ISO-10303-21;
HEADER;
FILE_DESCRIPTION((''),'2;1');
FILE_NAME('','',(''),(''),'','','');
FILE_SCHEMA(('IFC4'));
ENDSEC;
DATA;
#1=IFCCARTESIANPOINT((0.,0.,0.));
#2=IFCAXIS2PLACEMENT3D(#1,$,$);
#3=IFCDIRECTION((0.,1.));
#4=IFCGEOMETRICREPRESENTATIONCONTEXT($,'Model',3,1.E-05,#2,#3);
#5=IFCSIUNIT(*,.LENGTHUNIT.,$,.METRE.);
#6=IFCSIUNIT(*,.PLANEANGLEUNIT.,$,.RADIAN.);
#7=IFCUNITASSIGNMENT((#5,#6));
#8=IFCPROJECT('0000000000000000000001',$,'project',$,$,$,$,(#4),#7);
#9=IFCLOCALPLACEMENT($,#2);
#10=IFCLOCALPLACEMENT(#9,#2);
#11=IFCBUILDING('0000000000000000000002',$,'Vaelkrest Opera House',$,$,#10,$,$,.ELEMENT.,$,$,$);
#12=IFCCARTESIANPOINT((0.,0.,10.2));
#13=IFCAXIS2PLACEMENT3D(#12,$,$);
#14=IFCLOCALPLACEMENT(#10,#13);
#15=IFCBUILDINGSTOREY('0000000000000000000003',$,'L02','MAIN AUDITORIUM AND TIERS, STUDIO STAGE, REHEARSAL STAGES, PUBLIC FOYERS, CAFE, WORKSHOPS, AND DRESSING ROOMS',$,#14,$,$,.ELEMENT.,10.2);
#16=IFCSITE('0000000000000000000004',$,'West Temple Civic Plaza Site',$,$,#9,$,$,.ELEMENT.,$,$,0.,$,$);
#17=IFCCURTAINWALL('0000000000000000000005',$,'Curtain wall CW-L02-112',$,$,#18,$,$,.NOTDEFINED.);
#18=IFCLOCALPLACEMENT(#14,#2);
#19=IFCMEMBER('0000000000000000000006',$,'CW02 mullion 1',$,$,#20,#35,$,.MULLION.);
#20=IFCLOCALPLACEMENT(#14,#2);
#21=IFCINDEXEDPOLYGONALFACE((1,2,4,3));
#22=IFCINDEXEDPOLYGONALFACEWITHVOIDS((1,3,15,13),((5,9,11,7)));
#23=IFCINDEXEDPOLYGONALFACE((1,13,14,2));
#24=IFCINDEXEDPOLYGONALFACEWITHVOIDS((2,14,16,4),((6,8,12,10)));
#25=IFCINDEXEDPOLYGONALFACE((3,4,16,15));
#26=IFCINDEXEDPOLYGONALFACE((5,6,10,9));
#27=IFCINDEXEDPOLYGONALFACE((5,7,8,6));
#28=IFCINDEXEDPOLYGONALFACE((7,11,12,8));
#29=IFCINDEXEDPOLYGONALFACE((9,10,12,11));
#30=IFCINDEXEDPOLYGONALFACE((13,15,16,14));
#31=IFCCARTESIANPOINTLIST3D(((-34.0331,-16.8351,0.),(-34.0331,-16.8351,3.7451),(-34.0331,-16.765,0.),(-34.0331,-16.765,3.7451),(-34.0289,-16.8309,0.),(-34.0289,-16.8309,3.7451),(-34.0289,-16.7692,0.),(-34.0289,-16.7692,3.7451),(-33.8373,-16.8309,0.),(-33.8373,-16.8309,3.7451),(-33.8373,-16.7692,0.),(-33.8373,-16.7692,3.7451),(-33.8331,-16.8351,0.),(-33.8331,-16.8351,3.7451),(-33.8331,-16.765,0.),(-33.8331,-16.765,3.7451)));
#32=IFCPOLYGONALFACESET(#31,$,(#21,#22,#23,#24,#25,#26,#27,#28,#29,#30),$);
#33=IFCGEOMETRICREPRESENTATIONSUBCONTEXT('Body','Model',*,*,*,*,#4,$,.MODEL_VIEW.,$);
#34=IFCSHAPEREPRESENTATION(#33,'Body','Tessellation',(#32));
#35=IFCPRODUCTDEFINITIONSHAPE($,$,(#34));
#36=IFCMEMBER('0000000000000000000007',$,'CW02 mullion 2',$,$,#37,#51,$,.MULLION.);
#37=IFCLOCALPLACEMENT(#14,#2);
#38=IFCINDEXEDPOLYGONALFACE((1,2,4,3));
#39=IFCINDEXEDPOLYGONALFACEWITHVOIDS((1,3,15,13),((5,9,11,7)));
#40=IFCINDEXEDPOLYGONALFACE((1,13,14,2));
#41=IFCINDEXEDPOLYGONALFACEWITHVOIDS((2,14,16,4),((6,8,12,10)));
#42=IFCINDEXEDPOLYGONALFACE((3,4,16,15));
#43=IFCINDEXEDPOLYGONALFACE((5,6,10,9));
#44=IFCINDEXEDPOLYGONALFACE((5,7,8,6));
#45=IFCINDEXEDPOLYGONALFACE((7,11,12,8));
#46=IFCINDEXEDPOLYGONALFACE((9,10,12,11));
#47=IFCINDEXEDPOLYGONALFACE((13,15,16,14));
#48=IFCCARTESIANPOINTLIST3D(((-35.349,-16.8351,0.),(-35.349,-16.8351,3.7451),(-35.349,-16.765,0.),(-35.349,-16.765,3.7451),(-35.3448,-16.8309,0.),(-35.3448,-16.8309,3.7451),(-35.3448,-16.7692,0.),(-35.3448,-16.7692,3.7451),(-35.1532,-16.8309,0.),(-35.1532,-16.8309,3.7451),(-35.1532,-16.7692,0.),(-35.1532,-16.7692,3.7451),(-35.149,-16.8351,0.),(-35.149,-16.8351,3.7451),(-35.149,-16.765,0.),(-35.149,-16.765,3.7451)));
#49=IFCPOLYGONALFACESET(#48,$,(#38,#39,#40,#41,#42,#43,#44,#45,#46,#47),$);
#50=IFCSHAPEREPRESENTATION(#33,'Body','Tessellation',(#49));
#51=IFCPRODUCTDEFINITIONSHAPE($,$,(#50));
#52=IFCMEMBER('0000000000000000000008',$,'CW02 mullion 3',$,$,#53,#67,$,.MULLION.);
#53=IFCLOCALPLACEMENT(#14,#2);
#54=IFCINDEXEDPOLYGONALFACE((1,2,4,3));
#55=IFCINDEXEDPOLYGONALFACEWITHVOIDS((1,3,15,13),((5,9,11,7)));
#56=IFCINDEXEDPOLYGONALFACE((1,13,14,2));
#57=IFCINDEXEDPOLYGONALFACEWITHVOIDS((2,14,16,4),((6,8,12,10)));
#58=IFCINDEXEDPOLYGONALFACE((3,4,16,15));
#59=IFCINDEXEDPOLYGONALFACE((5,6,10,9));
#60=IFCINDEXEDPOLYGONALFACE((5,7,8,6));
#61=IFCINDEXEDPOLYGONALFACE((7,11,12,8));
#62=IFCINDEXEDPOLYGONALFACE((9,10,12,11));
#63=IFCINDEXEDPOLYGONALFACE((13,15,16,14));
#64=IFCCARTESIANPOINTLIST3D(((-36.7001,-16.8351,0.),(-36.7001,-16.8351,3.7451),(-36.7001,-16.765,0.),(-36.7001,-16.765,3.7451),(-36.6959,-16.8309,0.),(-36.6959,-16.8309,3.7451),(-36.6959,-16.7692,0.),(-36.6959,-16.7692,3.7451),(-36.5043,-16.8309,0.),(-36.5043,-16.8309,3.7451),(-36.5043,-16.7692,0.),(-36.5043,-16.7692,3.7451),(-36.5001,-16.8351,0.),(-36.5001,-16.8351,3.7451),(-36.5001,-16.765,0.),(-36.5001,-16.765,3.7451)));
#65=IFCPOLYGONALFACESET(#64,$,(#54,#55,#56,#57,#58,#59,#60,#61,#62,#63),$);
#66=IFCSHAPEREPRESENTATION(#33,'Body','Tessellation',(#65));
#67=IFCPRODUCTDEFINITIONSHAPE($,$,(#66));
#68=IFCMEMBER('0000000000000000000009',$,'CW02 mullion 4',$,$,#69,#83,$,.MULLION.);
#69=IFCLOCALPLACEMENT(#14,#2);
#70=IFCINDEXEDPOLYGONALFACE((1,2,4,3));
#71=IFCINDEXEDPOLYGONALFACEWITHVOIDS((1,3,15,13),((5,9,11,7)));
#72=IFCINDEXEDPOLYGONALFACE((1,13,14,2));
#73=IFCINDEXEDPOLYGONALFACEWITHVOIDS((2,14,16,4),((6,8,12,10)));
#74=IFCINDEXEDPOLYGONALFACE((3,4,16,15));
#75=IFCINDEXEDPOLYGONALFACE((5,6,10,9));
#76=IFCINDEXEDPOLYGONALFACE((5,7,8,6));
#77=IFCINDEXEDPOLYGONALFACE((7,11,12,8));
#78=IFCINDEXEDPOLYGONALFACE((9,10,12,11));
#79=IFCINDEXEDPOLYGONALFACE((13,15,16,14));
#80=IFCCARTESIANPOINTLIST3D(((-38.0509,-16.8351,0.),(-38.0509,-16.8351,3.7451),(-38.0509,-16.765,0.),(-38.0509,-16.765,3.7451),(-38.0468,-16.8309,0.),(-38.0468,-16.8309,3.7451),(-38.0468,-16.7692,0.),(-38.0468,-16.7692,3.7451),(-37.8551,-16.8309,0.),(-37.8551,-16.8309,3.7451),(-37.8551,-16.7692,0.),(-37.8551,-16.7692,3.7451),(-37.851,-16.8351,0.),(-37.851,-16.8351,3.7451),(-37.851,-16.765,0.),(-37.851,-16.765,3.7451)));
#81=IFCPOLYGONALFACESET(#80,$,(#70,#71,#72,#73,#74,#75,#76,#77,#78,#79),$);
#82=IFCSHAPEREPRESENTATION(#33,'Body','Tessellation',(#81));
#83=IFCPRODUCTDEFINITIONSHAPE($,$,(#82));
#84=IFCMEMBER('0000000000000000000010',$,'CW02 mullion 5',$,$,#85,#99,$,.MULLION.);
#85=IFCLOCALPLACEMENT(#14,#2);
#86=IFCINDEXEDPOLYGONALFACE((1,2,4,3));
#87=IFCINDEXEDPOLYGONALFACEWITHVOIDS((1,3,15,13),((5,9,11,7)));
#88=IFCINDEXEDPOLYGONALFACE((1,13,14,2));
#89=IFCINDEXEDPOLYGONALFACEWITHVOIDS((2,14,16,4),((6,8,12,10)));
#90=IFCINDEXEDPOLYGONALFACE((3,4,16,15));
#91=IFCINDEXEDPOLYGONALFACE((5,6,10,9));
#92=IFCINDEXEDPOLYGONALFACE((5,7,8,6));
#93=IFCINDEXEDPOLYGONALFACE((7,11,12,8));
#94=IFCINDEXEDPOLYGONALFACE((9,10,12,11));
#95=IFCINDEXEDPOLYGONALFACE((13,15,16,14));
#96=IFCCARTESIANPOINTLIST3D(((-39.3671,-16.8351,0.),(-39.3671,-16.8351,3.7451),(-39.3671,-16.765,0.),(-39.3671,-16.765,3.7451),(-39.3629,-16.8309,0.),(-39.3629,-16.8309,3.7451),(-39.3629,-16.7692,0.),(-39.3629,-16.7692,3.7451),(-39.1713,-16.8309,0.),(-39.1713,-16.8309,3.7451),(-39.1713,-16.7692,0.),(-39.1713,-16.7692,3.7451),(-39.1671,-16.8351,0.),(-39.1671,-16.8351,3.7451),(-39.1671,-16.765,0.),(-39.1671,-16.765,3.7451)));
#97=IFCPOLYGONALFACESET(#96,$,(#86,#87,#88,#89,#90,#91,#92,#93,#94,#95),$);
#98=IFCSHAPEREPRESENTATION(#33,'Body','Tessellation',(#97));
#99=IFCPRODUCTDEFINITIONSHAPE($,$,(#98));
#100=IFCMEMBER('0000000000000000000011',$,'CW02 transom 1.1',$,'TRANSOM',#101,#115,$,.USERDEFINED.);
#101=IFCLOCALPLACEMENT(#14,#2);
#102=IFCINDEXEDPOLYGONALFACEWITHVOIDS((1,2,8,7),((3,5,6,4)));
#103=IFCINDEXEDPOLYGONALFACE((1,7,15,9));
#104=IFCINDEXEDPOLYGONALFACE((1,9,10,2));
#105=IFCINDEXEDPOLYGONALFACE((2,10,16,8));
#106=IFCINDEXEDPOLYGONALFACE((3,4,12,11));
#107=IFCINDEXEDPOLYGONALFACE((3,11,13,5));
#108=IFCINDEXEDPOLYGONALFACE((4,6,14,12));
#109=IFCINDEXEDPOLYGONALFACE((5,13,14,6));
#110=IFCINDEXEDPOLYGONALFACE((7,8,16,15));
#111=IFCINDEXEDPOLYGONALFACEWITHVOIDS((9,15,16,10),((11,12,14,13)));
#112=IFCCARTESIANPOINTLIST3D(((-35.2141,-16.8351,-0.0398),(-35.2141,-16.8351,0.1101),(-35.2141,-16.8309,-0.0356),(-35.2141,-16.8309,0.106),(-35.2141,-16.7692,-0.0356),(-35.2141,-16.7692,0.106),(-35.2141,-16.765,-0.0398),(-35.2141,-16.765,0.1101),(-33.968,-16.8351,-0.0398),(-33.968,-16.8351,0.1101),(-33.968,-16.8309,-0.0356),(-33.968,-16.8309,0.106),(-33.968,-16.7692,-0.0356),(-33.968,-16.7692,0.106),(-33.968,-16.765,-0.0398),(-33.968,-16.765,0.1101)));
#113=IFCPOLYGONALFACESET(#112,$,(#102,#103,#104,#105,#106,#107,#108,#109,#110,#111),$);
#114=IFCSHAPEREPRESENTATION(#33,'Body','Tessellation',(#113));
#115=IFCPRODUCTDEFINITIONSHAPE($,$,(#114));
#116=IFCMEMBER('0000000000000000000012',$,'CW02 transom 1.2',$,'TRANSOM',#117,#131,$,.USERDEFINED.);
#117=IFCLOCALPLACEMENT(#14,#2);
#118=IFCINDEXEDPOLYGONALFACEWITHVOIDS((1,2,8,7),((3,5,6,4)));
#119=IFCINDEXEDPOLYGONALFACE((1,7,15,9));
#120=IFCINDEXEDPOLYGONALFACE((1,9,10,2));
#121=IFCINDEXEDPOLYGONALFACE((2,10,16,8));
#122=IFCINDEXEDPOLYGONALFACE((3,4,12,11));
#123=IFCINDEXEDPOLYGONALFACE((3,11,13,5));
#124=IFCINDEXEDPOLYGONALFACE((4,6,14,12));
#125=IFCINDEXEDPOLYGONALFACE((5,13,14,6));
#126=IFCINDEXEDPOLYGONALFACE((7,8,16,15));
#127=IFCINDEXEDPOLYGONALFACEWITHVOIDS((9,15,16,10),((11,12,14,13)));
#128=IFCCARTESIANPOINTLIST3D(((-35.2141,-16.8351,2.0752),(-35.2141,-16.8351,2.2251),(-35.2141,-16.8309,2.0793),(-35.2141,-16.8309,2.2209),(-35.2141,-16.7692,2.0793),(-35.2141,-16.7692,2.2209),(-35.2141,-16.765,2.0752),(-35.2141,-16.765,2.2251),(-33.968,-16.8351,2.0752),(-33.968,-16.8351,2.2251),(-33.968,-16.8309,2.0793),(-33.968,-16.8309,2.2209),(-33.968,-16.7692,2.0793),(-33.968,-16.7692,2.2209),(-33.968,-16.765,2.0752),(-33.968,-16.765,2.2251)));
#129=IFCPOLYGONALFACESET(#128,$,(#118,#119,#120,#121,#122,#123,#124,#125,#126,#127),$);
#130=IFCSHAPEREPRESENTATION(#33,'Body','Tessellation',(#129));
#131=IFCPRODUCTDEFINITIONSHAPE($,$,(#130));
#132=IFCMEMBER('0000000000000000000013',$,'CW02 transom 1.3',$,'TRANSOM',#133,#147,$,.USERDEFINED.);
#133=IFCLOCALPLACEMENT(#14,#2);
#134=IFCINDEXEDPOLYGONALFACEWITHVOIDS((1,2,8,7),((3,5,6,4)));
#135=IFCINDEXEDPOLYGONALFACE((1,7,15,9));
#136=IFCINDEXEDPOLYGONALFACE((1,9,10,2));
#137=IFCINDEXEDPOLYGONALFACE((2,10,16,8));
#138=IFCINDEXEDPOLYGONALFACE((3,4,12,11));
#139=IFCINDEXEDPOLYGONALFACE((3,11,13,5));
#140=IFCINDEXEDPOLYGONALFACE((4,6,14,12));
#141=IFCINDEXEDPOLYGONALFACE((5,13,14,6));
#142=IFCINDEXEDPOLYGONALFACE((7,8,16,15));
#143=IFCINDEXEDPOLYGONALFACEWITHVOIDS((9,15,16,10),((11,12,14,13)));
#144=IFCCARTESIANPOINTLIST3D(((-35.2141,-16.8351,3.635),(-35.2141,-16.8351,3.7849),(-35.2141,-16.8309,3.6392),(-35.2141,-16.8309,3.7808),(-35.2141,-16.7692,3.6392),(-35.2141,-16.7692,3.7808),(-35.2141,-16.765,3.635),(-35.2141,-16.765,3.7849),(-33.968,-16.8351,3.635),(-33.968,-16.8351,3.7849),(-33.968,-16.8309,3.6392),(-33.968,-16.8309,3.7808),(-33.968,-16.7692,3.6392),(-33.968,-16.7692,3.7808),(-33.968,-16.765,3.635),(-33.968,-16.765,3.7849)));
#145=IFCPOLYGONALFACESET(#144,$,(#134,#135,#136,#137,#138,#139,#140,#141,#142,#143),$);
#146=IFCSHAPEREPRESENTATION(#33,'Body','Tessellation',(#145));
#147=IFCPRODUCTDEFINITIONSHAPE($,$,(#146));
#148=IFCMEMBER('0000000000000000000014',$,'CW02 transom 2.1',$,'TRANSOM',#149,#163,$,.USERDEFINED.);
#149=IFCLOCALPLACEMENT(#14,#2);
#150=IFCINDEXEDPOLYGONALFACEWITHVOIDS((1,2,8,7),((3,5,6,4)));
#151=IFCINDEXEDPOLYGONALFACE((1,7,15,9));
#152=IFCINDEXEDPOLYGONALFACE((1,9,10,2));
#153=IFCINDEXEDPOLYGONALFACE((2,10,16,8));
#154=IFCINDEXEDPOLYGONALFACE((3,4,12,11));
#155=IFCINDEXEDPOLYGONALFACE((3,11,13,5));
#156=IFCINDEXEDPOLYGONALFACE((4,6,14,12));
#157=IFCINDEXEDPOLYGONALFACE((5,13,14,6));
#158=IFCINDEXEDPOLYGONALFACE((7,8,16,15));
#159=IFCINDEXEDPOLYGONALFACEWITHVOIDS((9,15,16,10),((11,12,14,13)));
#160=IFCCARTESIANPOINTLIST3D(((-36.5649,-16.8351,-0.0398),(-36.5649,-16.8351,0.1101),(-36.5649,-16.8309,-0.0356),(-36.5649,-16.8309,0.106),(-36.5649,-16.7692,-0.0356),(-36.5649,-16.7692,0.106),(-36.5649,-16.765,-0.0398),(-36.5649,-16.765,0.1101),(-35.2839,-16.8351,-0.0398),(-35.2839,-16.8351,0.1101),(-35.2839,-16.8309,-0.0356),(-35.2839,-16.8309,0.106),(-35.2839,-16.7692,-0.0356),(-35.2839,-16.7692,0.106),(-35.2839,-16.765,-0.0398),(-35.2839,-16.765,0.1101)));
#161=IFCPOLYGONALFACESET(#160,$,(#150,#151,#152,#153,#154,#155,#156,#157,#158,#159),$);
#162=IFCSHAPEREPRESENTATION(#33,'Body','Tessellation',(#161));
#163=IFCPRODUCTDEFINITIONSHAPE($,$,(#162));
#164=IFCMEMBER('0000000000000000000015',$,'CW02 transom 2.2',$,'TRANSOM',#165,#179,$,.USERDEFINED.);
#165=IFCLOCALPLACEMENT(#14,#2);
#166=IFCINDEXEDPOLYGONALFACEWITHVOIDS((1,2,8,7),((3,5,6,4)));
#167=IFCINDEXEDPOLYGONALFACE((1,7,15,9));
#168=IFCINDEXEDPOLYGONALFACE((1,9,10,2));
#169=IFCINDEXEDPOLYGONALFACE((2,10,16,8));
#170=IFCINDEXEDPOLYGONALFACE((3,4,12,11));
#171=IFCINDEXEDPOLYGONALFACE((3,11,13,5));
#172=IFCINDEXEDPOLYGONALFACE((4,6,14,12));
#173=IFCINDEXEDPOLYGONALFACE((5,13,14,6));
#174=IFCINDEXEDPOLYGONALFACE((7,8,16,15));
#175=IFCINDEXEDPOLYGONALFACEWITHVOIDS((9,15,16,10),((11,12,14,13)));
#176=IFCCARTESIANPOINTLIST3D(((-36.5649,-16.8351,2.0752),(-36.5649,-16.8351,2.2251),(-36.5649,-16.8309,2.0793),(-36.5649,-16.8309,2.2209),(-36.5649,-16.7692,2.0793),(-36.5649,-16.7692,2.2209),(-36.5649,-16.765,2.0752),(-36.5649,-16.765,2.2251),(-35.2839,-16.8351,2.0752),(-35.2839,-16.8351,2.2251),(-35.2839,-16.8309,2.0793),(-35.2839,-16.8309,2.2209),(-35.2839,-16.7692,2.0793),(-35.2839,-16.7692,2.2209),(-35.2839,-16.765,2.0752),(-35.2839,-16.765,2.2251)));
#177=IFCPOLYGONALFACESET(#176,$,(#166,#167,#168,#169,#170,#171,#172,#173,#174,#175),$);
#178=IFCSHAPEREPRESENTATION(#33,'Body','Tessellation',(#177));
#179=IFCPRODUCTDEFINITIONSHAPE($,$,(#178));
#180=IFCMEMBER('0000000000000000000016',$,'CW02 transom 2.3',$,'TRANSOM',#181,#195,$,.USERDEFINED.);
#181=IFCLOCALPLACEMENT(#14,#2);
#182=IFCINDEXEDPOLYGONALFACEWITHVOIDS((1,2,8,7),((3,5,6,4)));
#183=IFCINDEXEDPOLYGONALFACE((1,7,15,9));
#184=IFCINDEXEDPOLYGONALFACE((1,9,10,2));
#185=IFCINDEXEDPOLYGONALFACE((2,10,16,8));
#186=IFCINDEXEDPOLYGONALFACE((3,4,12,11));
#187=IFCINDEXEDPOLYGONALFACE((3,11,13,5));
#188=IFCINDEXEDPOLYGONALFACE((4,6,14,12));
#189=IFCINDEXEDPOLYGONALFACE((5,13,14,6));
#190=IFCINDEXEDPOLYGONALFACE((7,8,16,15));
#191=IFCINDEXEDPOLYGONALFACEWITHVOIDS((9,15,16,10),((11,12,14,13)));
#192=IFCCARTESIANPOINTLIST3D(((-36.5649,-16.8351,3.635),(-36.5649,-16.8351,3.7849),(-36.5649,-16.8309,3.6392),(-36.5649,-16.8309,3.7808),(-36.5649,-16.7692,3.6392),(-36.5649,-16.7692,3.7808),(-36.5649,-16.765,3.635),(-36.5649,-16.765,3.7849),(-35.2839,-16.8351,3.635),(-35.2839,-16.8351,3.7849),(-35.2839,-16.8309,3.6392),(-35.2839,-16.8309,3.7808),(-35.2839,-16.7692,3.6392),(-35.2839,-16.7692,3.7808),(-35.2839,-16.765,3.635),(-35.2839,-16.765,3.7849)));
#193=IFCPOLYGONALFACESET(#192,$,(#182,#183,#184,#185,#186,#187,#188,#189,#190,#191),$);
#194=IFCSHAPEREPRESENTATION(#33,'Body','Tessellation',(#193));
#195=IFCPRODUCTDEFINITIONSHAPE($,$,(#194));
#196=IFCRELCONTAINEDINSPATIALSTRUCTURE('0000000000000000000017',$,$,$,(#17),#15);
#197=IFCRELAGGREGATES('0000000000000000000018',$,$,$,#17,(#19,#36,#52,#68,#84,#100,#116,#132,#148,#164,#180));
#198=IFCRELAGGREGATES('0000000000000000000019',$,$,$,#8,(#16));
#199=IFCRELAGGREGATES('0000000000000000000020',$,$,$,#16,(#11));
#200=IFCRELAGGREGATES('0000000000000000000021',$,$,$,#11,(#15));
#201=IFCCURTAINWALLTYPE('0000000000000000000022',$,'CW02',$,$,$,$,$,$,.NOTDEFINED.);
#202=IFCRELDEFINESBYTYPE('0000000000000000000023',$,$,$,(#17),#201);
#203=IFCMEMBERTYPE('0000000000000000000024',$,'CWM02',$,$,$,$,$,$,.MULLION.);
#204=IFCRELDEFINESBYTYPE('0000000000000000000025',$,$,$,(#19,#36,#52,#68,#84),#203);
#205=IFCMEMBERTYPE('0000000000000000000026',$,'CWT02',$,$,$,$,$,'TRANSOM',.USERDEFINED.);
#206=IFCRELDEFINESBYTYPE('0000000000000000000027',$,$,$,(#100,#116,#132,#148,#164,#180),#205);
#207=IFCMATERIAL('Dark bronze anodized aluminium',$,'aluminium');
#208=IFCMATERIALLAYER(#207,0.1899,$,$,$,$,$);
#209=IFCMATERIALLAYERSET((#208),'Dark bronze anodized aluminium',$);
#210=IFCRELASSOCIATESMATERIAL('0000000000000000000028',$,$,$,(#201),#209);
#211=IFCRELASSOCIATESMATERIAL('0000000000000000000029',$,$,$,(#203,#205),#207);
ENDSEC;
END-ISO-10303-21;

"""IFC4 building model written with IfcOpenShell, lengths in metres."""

from ifc_helpers import new_model, si_unit, direction, frame, origin, origin_2d, place, context, subcontext, project, spatial, hollow_rectangle, extrude, material, layer, layer_set, material_profile, profile_set, type_object, element, aggregate, save


model = new_model("IFC4")

# Units and contexts
model_context = context("Model", 3, precision=1e-05, world=origin(), true_north=direction((0.0, 1.0)))
body_context = subcontext(model_context, "Body", "Model", "MODEL_VIEW")
ifc_project = project(units=[si_unit("LENGTHUNIT", "METRE"), si_unit("PLANEANGLEUNIT", "RADIAN")], contexts=[model_context])

# Site, building, storey
site_placement = place(None, origin())
site = spatial("IfcSite", under=ifc_project, at=site_placement, Name="West Temple Civic Plaza Site", CompositionType="ELEMENT", RefElevation=0.0)
building_placement = place(site_placement, origin())
building = spatial("IfcBuilding", under=site, at=building_placement, Name="Vaelkrest Opera House", CompositionType="ELEMENT")
storey_placement = place(building_placement, frame((0.0, 0.0, 10.2)))
storey = spatial("IfcBuildingStorey", under=building, at=storey_placement, Name="L02", Description="MAIN AUDITORIUM AND TIERS, STUDIO STAGE, REHEARSAL STAGES, PUBLIC FOYERS, CAFE, WORKSHOPS, AND DRESSING ROOMS", CompositionType="ELEMENT", Elevation=10.2)

# Curtain wall, members
ifc_material_1 = material(Name="Dark bronze anodized aluminium", Category="aluminium")
ifc_layer_1 = layer(ifc_material_1, 0.1899)
ifc_layer_set_1 = layer_set([ifc_layer_1], Name="Dark bronze anodized aluminium")
curtain_wall_type = type_object("IfcCurtainWallType", Name="CW02", PredefinedType="NOTDEFINED", material=ifc_layer_set_1)
curtain_wall_placement = place(storey_placement, origin())
curtain_wall = element("IfcCurtainWall", 1, at=curtain_wall_placement, inside=storey, type_object=curtain_wall_type, Name="Curtain wall CW-L02-112", PredefinedType="NOTDEFINED")
ifc_material_profile_1 = material_profile(ifc_material_1, hollow_rectangle(XDim=0.0701, YDim=0.2, WallThickness=0.0042, at=origin_2d()), Name="CWM70X200")
ifc_profile_set_1 = profile_set([ifc_material_profile_1], Name="Dark bronze anodized aluminium")
member_type_1 = type_object("IfcMemberType", Name="CWM02", PredefinedType="MULLION", material=ifc_profile_set_1)
member_1_placement = place(storey_placement, frame((-33.9331, -16.8, 0.0), z_axis=(0.0, 0.0, 1.0), x_axis=(0.0, -1.0, 0.0)))
member_1 = element("IfcMember", 2, at=member_1_placement, type_object=member_type_1, Name="CW02 mullion 1", PredefinedType="MULLION", context=body_context, shape_type="SweptSolid", body=[
    extrude(hollow_rectangle(XDim=0.0701, YDim=0.2, WallThickness=0.0042, at=origin_2d()), origin(), (0.0, 0.0, 1.0), 3.7451),
])
member_2_placement = place(storey_placement, frame((-35.249, -16.8, 0.0), z_axis=(0.0, 0.0, 1.0), x_axis=(0.0, -1.0, 0.0)))
member_2 = element("IfcMember", 3, at=member_2_placement, type_object=member_type_1, Name="CW02 mullion 2", PredefinedType="MULLION", context=body_context, shape_type="SweptSolid", body=[
    extrude(hollow_rectangle(XDim=0.0701, YDim=0.2, WallThickness=0.0042, at=origin_2d()), origin(), (0.0, 0.0, 1.0), 3.7451),
])
member_3_placement = place(storey_placement, frame((-36.6001, -16.8, 0.0), z_axis=(0.0, 0.0, 1.0), x_axis=(0.0, -1.0, 0.0)))
member_3 = element("IfcMember", 4, at=member_3_placement, type_object=member_type_1, Name="CW02 mullion 3", PredefinedType="MULLION", context=body_context, shape_type="SweptSolid", body=[
    extrude(hollow_rectangle(XDim=0.0701, YDim=0.2, WallThickness=0.0042, at=origin_2d()), origin(), (0.0, 0.0, 1.0), 3.7451),
])
member_4_placement = place(storey_placement, frame((-37.9509, -16.8, 0.0), z_axis=(0.0, 0.0, 1.0), x_axis=(0.0, -1.0, 0.0)))
member_4 = element("IfcMember", 5, at=member_4_placement, type_object=member_type_1, Name="CW02 mullion 4", PredefinedType="MULLION", context=body_context, shape_type="SweptSolid", body=[
    extrude(hollow_rectangle(XDim=0.0701, YDim=0.2, WallThickness=0.0042, at=origin_2d()), origin(), (0.0, 0.0, 1.0), 3.7451),
])
member_5_placement = place(storey_placement, frame((-39.2671, -16.8, 0.0), z_axis=(0.0, 0.0, 1.0), x_axis=(0.0, -1.0, 0.0)))
member_5 = element("IfcMember", 6, at=member_5_placement, type_object=member_type_1, Name="CW02 mullion 5", PredefinedType="MULLION", context=body_context, shape_type="SweptSolid", body=[
    extrude(hollow_rectangle(XDim=0.0701, YDim=0.2, WallThickness=0.0042, at=origin_2d()), origin(), (0.0, 0.0, 1.0), 3.7451),
])
ifc_material_profile_2 = material_profile(ifc_material_1, hollow_rectangle(XDim=0.0701, YDim=0.1499, WallThickness=0.0042, at=origin_2d()), Name="CWT70X150")
ifc_profile_set_2 = profile_set([ifc_material_profile_2], Name="Dark bronze anodized aluminium")
member_type_2 = type_object("IfcMemberType", Name="CWT02", ElementType="TRANSOM", PredefinedType="USERDEFINED", material=ifc_profile_set_2)
member_6_placement = place(storey_placement, frame((-33.968, -16.8, 0.0352), z_axis=(-1.0, 0.0, 0.0), x_axis=(0.0, -1.0, 0.0)))
member_6 = element("IfcMember", 7, at=member_6_placement, type_object=member_type_2, Name="CW02 transom 1.1", ObjectType="TRANSOM", PredefinedType="USERDEFINED", context=body_context, shape_type="SweptSolid", body=[
    extrude(hollow_rectangle(XDim=0.0701, YDim=0.1499, WallThickness=0.0042, at=origin_2d()), origin(), (0.0, 0.0, 1.0), 1.2461),
])
member_7_placement = place(storey_placement, frame((-33.968, -16.8, 2.1501), z_axis=(-1.0, 0.0, 0.0), x_axis=(0.0, -1.0, 0.0)))
member_7 = element("IfcMember", 8, at=member_7_placement, type_object=member_type_2, Name="CW02 transom 1.2", ObjectType="TRANSOM", PredefinedType="USERDEFINED", context=body_context, shape_type="SweptSolid", body=[
    extrude(hollow_rectangle(XDim=0.0701, YDim=0.1499, WallThickness=0.0042, at=origin_2d()), origin(), (0.0, 0.0, 1.0), 1.2461),
])
member_8_placement = place(storey_placement, frame((-33.968, -16.8, 3.71), z_axis=(-1.0, 0.0, 0.0), x_axis=(0.0, -1.0, 0.0)))
member_8 = element("IfcMember", 9, at=member_8_placement, type_object=member_type_2, Name="CW02 transom 1.3", ObjectType="TRANSOM", PredefinedType="USERDEFINED", context=body_context, shape_type="SweptSolid", body=[
    extrude(hollow_rectangle(XDim=0.0701, YDim=0.1499, WallThickness=0.0042, at=origin_2d()), origin(), (0.0, 0.0, 1.0), 1.2461),
])
member_9_placement = place(storey_placement, frame((-35.2839, -16.8, 0.0352), z_axis=(-1.0, 0.0, 0.0), x_axis=(0.0, -1.0, 0.0)))
member_9 = element("IfcMember", 10, at=member_9_placement, type_object=member_type_2, Name="CW02 transom 2.1", ObjectType="TRANSOM", PredefinedType="USERDEFINED", context=body_context, shape_type="SweptSolid", body=[
    extrude(hollow_rectangle(XDim=0.0701, YDim=0.1499, WallThickness=0.0042, at=origin_2d()), origin(), (0.0, 0.0, 1.0), 1.281),
])
member_10_placement = place(storey_placement, frame((-35.2839, -16.8, 2.1501), z_axis=(-1.0, 0.0, 0.0), x_axis=(0.0, -1.0, 0.0)))
member_10 = element("IfcMember", 11, at=member_10_placement, type_object=member_type_2, Name="CW02 transom 2.2", ObjectType="TRANSOM", PredefinedType="USERDEFINED", context=body_context, shape_type="SweptSolid", body=[
    extrude(hollow_rectangle(XDim=0.0701, YDim=0.1499, WallThickness=0.0042, at=origin_2d()), origin(), (0.0, 0.0, 1.0), 1.281),
])
member_11_placement = place(storey_placement, frame((-35.2839, -16.8, 3.71), z_axis=(-1.0, 0.0, 0.0), x_axis=(0.0, -1.0, 0.0)))
member_11 = element("IfcMember", 12, at=member_11_placement, type_object=member_type_2, Name="CW02 transom 2.3", ObjectType="TRANSOM", PredefinedType="USERDEFINED", context=body_context, shape_type="SweptSolid", body=[
    extrude(hollow_rectangle(XDim=0.0701, YDim=0.1499, WallThickness=0.0042, at=origin_2d()), origin(), (0.0, 0.0, 1.0), 1.281),
])

aggregate(curtain_wall, [member_1, member_2, member_3, member_4, member_5, member_6, member_7, member_8, member_9, member_10, member_11])

save(model, "model.ifc")
